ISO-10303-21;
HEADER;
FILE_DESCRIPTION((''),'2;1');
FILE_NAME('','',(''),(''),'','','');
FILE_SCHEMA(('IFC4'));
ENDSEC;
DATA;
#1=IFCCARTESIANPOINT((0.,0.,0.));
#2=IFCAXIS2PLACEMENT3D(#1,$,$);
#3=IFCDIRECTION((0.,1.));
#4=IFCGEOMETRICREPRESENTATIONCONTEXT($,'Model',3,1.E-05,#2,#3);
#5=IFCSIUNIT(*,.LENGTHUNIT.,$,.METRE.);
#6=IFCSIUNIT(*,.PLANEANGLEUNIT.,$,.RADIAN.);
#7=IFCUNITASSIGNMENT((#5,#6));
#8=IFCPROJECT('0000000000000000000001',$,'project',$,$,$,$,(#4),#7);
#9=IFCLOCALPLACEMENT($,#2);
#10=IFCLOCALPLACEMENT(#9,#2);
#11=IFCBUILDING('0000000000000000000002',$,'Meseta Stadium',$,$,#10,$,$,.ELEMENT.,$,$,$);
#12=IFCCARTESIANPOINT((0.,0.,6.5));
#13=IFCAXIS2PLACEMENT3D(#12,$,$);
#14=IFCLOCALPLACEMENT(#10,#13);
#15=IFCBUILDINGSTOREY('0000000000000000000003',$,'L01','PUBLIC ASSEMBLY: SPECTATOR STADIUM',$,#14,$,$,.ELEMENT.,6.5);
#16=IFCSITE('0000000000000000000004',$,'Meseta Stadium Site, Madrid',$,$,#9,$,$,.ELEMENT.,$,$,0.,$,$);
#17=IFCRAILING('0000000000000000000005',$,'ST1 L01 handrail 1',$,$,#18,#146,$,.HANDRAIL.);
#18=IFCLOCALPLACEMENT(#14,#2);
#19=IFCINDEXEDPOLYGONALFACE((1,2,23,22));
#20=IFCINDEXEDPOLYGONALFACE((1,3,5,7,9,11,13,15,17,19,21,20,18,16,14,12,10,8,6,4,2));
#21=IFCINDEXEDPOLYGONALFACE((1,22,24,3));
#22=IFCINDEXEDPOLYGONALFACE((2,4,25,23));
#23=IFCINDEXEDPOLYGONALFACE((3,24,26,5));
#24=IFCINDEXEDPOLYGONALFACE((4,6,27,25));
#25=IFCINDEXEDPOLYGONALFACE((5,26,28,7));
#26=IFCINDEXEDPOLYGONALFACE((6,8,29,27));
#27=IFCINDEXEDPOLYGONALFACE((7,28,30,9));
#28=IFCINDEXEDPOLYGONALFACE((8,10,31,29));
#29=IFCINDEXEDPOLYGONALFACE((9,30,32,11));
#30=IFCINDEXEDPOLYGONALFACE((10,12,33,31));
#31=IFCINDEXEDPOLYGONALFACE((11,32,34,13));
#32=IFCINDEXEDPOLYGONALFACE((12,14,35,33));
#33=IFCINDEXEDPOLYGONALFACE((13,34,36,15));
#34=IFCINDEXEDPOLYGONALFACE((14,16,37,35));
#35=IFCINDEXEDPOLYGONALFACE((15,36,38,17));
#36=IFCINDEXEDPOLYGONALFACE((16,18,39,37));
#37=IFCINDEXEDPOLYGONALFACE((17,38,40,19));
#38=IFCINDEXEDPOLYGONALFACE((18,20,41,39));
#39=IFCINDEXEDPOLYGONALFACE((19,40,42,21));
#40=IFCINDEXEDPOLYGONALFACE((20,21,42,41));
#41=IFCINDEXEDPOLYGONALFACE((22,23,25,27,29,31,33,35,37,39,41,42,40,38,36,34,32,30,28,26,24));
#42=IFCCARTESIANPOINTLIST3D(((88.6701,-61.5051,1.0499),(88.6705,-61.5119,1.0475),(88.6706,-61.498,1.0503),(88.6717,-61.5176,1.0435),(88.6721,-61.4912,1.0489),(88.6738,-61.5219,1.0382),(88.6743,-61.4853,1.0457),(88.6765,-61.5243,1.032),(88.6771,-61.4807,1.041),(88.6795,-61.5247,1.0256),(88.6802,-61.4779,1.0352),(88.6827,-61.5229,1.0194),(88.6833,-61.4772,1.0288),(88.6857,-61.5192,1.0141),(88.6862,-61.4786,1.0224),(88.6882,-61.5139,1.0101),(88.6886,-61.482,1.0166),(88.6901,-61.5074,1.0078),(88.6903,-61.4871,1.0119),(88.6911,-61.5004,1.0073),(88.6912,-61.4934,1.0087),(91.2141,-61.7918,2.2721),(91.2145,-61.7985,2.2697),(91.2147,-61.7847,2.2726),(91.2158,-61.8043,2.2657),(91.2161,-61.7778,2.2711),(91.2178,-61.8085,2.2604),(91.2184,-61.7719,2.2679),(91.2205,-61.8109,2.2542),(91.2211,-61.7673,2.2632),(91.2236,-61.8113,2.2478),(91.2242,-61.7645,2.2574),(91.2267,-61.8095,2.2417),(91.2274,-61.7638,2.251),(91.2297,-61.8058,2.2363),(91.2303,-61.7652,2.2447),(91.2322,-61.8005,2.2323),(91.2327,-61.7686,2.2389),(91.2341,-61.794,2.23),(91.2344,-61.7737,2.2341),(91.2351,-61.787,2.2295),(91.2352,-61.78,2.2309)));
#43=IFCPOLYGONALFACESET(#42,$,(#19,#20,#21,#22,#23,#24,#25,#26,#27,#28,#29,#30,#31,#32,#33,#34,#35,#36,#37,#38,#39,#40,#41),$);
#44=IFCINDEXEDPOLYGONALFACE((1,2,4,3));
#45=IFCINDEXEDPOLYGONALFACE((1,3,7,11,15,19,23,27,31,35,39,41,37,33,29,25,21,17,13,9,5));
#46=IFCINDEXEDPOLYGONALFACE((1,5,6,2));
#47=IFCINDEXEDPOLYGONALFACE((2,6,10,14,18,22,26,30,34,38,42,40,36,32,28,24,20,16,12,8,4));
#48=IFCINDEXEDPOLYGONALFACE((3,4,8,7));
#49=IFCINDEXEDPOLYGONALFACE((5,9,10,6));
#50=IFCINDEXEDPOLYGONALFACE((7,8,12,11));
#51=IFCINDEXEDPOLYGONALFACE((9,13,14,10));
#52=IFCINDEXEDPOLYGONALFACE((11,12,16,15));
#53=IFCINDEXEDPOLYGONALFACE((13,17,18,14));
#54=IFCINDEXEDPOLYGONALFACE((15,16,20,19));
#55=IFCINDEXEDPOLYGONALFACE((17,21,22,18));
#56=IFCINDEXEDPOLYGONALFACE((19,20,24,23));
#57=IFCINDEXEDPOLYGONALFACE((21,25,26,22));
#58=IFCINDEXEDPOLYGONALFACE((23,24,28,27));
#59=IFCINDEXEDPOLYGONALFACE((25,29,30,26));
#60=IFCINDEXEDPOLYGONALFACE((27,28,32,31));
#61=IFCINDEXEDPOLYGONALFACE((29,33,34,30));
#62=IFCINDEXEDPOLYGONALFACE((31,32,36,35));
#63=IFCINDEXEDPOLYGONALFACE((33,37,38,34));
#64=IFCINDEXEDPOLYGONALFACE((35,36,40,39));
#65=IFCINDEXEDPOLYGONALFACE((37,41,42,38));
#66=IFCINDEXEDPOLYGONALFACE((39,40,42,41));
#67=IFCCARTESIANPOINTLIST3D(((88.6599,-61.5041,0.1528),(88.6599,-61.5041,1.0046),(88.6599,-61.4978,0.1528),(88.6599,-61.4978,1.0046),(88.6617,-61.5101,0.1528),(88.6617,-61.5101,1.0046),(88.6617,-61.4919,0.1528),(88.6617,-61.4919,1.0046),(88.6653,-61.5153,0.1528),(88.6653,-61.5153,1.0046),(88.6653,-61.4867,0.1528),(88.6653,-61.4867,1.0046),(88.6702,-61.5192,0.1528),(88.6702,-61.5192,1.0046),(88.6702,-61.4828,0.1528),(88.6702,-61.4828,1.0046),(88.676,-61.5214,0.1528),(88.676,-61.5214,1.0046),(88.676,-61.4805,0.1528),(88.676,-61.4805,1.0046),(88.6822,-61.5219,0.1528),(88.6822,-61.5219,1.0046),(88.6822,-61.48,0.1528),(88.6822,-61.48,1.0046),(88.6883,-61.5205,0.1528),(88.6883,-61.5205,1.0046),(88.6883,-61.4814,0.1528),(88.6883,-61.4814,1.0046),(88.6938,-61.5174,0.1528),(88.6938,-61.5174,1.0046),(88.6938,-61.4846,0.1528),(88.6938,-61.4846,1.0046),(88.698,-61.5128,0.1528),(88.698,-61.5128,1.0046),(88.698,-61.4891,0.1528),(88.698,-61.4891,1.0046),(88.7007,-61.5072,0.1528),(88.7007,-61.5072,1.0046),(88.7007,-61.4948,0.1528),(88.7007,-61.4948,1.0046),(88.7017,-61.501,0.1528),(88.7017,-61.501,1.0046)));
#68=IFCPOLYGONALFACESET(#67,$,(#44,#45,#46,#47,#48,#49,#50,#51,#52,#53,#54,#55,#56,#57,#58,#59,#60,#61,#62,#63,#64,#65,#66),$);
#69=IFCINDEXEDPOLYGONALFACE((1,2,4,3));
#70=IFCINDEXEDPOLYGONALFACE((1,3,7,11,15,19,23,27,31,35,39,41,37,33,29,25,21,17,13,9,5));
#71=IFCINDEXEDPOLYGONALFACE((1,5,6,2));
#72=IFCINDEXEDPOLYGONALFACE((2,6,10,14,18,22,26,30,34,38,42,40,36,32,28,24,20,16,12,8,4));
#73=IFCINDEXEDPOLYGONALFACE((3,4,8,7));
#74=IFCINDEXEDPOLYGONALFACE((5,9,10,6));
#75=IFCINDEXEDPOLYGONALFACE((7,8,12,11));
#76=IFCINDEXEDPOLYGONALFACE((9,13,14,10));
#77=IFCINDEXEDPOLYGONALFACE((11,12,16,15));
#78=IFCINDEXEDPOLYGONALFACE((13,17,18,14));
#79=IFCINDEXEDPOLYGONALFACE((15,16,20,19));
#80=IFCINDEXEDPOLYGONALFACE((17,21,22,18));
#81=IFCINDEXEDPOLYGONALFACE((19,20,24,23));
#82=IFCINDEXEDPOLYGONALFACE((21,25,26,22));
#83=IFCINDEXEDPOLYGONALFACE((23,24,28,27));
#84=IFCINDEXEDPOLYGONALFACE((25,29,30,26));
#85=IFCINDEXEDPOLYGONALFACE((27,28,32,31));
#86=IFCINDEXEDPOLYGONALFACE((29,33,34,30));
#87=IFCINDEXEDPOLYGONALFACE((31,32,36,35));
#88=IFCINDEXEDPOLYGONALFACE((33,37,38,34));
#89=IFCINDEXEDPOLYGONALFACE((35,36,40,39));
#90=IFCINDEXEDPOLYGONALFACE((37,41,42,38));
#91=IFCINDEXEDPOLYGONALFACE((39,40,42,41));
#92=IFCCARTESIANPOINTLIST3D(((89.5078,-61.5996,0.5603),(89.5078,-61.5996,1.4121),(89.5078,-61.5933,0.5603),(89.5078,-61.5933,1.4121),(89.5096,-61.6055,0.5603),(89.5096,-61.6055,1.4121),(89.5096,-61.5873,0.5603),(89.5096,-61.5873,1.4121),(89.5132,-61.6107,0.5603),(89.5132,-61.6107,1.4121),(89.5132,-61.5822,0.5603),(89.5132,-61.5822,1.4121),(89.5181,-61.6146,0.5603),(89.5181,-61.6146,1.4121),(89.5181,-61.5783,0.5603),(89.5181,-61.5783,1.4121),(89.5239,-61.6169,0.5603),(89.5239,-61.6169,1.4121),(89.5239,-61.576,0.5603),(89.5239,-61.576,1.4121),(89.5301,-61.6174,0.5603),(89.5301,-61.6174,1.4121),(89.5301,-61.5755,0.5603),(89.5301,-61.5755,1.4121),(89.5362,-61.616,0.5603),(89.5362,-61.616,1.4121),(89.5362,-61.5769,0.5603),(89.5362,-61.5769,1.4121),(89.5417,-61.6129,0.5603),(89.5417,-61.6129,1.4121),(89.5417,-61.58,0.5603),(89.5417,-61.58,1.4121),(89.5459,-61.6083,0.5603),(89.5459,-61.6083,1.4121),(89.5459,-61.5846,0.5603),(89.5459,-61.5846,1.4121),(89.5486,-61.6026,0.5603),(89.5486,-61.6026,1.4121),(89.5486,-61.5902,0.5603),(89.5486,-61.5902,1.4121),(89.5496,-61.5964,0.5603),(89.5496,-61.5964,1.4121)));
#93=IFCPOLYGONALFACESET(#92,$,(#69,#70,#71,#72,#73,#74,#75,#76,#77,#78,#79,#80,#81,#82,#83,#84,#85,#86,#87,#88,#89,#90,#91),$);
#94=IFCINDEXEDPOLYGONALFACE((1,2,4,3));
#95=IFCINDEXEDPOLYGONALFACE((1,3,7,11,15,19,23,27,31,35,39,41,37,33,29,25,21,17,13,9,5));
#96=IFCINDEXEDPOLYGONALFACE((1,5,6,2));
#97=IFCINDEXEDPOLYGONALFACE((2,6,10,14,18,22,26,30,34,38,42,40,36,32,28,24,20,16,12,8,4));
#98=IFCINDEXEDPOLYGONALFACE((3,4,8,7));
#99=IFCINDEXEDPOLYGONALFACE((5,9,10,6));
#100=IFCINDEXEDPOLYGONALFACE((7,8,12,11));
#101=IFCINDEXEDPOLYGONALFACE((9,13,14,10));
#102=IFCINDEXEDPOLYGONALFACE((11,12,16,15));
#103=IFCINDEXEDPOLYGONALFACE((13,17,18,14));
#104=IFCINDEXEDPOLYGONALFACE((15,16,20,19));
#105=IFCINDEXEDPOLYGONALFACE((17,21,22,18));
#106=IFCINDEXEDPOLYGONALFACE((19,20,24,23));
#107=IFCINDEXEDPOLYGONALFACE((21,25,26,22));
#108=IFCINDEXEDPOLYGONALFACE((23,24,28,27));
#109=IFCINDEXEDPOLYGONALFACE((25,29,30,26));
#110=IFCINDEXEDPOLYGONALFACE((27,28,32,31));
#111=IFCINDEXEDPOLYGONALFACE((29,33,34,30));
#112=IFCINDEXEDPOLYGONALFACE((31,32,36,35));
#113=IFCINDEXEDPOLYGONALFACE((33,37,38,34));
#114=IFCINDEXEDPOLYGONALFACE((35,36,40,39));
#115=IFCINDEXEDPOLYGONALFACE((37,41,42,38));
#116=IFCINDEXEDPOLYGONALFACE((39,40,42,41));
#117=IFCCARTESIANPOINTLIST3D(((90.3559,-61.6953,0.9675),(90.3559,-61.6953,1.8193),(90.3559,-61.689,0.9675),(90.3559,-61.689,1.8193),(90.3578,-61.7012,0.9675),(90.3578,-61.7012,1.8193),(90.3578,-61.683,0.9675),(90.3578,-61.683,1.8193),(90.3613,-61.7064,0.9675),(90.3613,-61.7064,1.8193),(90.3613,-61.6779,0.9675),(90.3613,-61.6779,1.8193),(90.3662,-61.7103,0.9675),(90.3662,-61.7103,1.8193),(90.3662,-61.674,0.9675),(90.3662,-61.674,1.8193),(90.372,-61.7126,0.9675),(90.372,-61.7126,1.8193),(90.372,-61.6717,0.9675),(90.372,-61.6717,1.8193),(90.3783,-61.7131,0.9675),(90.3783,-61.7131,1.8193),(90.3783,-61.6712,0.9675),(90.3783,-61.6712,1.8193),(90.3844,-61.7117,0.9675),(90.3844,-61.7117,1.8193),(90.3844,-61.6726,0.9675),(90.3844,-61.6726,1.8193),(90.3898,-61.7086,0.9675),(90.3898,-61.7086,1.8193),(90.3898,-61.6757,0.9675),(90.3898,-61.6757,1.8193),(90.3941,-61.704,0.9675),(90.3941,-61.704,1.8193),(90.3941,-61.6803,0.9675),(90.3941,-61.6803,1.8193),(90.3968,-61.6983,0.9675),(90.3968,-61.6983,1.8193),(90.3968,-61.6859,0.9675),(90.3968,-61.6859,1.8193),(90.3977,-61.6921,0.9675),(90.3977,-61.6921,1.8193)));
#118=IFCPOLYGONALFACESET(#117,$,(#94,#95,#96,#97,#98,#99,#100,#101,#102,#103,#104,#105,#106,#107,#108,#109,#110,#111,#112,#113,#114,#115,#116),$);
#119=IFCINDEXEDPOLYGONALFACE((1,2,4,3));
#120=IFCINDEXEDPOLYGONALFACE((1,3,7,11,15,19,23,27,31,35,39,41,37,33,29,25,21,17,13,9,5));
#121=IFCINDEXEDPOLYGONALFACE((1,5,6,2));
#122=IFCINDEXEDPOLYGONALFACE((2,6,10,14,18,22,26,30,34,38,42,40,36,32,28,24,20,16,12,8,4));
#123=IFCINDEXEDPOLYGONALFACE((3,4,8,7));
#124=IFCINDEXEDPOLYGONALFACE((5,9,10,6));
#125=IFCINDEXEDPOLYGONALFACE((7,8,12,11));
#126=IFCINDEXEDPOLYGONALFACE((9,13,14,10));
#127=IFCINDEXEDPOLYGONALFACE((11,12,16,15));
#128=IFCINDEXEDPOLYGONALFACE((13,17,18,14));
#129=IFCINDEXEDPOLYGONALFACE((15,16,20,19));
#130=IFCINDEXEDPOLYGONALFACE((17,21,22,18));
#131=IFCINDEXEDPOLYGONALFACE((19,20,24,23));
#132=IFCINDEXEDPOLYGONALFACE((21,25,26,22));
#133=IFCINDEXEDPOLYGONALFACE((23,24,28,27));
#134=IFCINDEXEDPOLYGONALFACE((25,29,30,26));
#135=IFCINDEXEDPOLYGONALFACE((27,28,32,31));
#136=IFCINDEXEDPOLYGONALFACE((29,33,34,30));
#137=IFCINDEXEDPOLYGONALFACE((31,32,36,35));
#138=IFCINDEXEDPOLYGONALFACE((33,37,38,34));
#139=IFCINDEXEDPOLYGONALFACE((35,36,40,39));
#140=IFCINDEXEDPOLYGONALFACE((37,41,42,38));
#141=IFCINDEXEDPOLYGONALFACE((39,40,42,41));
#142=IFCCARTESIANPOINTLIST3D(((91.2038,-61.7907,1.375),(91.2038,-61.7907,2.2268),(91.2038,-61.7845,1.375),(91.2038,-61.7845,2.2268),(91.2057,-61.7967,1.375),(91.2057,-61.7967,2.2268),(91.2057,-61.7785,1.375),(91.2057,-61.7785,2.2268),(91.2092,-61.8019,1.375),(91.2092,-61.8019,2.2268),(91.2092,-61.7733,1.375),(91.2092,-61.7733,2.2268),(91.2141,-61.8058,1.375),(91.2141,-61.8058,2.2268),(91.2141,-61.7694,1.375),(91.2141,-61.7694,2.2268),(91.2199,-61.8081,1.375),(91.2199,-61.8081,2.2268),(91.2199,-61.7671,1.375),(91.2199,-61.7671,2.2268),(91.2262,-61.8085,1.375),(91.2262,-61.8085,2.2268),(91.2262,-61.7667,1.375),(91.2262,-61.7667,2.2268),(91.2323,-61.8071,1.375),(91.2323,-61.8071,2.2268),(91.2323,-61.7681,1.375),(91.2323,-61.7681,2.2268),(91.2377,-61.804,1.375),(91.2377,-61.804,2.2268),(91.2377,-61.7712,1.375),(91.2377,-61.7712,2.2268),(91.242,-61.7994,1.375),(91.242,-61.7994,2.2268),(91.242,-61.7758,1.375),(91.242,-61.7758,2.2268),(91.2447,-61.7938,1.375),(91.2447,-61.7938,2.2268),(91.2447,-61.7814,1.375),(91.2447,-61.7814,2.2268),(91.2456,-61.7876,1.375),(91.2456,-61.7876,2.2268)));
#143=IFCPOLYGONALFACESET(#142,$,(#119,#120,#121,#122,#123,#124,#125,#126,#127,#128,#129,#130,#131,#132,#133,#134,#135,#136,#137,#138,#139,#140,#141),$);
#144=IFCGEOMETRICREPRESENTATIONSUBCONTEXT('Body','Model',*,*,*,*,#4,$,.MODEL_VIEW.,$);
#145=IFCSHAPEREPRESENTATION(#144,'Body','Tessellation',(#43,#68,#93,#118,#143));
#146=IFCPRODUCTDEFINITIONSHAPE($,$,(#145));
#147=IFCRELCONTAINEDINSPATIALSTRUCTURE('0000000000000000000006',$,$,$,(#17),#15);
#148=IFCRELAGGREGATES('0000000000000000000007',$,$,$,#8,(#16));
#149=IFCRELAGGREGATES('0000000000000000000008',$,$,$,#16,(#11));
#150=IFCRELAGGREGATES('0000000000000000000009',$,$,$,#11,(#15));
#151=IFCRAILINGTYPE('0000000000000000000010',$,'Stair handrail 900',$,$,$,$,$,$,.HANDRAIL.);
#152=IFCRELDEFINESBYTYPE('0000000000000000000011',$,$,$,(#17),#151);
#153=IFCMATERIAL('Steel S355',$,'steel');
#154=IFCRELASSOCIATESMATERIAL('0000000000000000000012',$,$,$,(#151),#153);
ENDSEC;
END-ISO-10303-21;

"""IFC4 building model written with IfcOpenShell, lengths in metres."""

from ifc_helpers import new_model, si_unit, direction, frame, origin, origin_2d, place, context, subcontext, project, spatial, circle, extrude, material, type_object, element, save


model = new_model("IFC4")

# Units and contexts
model_context = context("Model", 3, precision=1e-05, world=origin(), true_north=direction((0.0, 1.0)))
body_context = subcontext(model_context, "Body", "Model", "MODEL_VIEW")
ifc_project = project(units=[si_unit("LENGTHUNIT", "METRE"), si_unit("PLANEANGLEUNIT", "RADIAN")], contexts=[model_context])

# Site, building, storey
site_placement = place(None, origin())
site = spatial("IfcSite", under=ifc_project, at=site_placement, Name="Meseta Stadium Site, Madrid", CompositionType="ELEMENT", RefElevation=0.0)
building_placement = place(site_placement, origin())
building = spatial("IfcBuilding", under=site, at=building_placement, Name="Meseta Stadium", CompositionType="ELEMENT")
storey_placement = place(building_placement, frame((0.0, 0.0, 6.5)))
storey = spatial("IfcBuildingStorey", under=building, at=storey_placement, Name="L01", Description="PUBLIC ASSEMBLY: SPECTATOR STADIUM", CompositionType="ELEMENT", Elevation=6.5)

# Railing
ifc_material_1 = material(Name="Steel S355", Category="steel")
railing_type_1 = type_object("IfcRailingType", Name="Stair handrail 900", PredefinedType="HANDRAIL", material=ifc_material_1)
for number, where, name in (
    (1, (88.6807, -61.501, 0.1528), "ST1 L01 handrail 1"),
):
    element("IfcRailing", number, at=place(storey_placement, frame(where)), inside=storey, type_object=railing_type_1, Name=name, PredefinedType="HANDRAIL", context=body_context, shape_type="SweptSolid", body=[
        extrude(circle(Radius=0.0239, at=origin_2d()), frame((0.0, 0.0, 0.876), z_axis=(0.896762, -0.101036, 0.430824), x_axis=(0.11196, 0.993713, 0.0)), (0.0, 0.0, 1.0), 2.8369),
        extrude(circle(Radius=0.021, at=origin_2d()), origin(), (0.0, 0.0, 1.0), 0.8518),
        extrude(circle(Radius=0.021, at=origin_2d()), frame((0.8479, -0.0955, 0.4075)), (0.0, 0.0, 1.0), 0.8518),
        extrude(circle(Radius=0.021, at=origin_2d()), frame((1.696, -0.1912, 0.8147)), (0.0, 0.0, 1.0), 0.8518),
        extrude(circle(Radius=0.021, at=origin_2d()), frame((2.5439, -0.2866, 1.2222)), (0.0, 0.0, 1.0), 0.8518),
    ])

save(model, "model.ifc")
